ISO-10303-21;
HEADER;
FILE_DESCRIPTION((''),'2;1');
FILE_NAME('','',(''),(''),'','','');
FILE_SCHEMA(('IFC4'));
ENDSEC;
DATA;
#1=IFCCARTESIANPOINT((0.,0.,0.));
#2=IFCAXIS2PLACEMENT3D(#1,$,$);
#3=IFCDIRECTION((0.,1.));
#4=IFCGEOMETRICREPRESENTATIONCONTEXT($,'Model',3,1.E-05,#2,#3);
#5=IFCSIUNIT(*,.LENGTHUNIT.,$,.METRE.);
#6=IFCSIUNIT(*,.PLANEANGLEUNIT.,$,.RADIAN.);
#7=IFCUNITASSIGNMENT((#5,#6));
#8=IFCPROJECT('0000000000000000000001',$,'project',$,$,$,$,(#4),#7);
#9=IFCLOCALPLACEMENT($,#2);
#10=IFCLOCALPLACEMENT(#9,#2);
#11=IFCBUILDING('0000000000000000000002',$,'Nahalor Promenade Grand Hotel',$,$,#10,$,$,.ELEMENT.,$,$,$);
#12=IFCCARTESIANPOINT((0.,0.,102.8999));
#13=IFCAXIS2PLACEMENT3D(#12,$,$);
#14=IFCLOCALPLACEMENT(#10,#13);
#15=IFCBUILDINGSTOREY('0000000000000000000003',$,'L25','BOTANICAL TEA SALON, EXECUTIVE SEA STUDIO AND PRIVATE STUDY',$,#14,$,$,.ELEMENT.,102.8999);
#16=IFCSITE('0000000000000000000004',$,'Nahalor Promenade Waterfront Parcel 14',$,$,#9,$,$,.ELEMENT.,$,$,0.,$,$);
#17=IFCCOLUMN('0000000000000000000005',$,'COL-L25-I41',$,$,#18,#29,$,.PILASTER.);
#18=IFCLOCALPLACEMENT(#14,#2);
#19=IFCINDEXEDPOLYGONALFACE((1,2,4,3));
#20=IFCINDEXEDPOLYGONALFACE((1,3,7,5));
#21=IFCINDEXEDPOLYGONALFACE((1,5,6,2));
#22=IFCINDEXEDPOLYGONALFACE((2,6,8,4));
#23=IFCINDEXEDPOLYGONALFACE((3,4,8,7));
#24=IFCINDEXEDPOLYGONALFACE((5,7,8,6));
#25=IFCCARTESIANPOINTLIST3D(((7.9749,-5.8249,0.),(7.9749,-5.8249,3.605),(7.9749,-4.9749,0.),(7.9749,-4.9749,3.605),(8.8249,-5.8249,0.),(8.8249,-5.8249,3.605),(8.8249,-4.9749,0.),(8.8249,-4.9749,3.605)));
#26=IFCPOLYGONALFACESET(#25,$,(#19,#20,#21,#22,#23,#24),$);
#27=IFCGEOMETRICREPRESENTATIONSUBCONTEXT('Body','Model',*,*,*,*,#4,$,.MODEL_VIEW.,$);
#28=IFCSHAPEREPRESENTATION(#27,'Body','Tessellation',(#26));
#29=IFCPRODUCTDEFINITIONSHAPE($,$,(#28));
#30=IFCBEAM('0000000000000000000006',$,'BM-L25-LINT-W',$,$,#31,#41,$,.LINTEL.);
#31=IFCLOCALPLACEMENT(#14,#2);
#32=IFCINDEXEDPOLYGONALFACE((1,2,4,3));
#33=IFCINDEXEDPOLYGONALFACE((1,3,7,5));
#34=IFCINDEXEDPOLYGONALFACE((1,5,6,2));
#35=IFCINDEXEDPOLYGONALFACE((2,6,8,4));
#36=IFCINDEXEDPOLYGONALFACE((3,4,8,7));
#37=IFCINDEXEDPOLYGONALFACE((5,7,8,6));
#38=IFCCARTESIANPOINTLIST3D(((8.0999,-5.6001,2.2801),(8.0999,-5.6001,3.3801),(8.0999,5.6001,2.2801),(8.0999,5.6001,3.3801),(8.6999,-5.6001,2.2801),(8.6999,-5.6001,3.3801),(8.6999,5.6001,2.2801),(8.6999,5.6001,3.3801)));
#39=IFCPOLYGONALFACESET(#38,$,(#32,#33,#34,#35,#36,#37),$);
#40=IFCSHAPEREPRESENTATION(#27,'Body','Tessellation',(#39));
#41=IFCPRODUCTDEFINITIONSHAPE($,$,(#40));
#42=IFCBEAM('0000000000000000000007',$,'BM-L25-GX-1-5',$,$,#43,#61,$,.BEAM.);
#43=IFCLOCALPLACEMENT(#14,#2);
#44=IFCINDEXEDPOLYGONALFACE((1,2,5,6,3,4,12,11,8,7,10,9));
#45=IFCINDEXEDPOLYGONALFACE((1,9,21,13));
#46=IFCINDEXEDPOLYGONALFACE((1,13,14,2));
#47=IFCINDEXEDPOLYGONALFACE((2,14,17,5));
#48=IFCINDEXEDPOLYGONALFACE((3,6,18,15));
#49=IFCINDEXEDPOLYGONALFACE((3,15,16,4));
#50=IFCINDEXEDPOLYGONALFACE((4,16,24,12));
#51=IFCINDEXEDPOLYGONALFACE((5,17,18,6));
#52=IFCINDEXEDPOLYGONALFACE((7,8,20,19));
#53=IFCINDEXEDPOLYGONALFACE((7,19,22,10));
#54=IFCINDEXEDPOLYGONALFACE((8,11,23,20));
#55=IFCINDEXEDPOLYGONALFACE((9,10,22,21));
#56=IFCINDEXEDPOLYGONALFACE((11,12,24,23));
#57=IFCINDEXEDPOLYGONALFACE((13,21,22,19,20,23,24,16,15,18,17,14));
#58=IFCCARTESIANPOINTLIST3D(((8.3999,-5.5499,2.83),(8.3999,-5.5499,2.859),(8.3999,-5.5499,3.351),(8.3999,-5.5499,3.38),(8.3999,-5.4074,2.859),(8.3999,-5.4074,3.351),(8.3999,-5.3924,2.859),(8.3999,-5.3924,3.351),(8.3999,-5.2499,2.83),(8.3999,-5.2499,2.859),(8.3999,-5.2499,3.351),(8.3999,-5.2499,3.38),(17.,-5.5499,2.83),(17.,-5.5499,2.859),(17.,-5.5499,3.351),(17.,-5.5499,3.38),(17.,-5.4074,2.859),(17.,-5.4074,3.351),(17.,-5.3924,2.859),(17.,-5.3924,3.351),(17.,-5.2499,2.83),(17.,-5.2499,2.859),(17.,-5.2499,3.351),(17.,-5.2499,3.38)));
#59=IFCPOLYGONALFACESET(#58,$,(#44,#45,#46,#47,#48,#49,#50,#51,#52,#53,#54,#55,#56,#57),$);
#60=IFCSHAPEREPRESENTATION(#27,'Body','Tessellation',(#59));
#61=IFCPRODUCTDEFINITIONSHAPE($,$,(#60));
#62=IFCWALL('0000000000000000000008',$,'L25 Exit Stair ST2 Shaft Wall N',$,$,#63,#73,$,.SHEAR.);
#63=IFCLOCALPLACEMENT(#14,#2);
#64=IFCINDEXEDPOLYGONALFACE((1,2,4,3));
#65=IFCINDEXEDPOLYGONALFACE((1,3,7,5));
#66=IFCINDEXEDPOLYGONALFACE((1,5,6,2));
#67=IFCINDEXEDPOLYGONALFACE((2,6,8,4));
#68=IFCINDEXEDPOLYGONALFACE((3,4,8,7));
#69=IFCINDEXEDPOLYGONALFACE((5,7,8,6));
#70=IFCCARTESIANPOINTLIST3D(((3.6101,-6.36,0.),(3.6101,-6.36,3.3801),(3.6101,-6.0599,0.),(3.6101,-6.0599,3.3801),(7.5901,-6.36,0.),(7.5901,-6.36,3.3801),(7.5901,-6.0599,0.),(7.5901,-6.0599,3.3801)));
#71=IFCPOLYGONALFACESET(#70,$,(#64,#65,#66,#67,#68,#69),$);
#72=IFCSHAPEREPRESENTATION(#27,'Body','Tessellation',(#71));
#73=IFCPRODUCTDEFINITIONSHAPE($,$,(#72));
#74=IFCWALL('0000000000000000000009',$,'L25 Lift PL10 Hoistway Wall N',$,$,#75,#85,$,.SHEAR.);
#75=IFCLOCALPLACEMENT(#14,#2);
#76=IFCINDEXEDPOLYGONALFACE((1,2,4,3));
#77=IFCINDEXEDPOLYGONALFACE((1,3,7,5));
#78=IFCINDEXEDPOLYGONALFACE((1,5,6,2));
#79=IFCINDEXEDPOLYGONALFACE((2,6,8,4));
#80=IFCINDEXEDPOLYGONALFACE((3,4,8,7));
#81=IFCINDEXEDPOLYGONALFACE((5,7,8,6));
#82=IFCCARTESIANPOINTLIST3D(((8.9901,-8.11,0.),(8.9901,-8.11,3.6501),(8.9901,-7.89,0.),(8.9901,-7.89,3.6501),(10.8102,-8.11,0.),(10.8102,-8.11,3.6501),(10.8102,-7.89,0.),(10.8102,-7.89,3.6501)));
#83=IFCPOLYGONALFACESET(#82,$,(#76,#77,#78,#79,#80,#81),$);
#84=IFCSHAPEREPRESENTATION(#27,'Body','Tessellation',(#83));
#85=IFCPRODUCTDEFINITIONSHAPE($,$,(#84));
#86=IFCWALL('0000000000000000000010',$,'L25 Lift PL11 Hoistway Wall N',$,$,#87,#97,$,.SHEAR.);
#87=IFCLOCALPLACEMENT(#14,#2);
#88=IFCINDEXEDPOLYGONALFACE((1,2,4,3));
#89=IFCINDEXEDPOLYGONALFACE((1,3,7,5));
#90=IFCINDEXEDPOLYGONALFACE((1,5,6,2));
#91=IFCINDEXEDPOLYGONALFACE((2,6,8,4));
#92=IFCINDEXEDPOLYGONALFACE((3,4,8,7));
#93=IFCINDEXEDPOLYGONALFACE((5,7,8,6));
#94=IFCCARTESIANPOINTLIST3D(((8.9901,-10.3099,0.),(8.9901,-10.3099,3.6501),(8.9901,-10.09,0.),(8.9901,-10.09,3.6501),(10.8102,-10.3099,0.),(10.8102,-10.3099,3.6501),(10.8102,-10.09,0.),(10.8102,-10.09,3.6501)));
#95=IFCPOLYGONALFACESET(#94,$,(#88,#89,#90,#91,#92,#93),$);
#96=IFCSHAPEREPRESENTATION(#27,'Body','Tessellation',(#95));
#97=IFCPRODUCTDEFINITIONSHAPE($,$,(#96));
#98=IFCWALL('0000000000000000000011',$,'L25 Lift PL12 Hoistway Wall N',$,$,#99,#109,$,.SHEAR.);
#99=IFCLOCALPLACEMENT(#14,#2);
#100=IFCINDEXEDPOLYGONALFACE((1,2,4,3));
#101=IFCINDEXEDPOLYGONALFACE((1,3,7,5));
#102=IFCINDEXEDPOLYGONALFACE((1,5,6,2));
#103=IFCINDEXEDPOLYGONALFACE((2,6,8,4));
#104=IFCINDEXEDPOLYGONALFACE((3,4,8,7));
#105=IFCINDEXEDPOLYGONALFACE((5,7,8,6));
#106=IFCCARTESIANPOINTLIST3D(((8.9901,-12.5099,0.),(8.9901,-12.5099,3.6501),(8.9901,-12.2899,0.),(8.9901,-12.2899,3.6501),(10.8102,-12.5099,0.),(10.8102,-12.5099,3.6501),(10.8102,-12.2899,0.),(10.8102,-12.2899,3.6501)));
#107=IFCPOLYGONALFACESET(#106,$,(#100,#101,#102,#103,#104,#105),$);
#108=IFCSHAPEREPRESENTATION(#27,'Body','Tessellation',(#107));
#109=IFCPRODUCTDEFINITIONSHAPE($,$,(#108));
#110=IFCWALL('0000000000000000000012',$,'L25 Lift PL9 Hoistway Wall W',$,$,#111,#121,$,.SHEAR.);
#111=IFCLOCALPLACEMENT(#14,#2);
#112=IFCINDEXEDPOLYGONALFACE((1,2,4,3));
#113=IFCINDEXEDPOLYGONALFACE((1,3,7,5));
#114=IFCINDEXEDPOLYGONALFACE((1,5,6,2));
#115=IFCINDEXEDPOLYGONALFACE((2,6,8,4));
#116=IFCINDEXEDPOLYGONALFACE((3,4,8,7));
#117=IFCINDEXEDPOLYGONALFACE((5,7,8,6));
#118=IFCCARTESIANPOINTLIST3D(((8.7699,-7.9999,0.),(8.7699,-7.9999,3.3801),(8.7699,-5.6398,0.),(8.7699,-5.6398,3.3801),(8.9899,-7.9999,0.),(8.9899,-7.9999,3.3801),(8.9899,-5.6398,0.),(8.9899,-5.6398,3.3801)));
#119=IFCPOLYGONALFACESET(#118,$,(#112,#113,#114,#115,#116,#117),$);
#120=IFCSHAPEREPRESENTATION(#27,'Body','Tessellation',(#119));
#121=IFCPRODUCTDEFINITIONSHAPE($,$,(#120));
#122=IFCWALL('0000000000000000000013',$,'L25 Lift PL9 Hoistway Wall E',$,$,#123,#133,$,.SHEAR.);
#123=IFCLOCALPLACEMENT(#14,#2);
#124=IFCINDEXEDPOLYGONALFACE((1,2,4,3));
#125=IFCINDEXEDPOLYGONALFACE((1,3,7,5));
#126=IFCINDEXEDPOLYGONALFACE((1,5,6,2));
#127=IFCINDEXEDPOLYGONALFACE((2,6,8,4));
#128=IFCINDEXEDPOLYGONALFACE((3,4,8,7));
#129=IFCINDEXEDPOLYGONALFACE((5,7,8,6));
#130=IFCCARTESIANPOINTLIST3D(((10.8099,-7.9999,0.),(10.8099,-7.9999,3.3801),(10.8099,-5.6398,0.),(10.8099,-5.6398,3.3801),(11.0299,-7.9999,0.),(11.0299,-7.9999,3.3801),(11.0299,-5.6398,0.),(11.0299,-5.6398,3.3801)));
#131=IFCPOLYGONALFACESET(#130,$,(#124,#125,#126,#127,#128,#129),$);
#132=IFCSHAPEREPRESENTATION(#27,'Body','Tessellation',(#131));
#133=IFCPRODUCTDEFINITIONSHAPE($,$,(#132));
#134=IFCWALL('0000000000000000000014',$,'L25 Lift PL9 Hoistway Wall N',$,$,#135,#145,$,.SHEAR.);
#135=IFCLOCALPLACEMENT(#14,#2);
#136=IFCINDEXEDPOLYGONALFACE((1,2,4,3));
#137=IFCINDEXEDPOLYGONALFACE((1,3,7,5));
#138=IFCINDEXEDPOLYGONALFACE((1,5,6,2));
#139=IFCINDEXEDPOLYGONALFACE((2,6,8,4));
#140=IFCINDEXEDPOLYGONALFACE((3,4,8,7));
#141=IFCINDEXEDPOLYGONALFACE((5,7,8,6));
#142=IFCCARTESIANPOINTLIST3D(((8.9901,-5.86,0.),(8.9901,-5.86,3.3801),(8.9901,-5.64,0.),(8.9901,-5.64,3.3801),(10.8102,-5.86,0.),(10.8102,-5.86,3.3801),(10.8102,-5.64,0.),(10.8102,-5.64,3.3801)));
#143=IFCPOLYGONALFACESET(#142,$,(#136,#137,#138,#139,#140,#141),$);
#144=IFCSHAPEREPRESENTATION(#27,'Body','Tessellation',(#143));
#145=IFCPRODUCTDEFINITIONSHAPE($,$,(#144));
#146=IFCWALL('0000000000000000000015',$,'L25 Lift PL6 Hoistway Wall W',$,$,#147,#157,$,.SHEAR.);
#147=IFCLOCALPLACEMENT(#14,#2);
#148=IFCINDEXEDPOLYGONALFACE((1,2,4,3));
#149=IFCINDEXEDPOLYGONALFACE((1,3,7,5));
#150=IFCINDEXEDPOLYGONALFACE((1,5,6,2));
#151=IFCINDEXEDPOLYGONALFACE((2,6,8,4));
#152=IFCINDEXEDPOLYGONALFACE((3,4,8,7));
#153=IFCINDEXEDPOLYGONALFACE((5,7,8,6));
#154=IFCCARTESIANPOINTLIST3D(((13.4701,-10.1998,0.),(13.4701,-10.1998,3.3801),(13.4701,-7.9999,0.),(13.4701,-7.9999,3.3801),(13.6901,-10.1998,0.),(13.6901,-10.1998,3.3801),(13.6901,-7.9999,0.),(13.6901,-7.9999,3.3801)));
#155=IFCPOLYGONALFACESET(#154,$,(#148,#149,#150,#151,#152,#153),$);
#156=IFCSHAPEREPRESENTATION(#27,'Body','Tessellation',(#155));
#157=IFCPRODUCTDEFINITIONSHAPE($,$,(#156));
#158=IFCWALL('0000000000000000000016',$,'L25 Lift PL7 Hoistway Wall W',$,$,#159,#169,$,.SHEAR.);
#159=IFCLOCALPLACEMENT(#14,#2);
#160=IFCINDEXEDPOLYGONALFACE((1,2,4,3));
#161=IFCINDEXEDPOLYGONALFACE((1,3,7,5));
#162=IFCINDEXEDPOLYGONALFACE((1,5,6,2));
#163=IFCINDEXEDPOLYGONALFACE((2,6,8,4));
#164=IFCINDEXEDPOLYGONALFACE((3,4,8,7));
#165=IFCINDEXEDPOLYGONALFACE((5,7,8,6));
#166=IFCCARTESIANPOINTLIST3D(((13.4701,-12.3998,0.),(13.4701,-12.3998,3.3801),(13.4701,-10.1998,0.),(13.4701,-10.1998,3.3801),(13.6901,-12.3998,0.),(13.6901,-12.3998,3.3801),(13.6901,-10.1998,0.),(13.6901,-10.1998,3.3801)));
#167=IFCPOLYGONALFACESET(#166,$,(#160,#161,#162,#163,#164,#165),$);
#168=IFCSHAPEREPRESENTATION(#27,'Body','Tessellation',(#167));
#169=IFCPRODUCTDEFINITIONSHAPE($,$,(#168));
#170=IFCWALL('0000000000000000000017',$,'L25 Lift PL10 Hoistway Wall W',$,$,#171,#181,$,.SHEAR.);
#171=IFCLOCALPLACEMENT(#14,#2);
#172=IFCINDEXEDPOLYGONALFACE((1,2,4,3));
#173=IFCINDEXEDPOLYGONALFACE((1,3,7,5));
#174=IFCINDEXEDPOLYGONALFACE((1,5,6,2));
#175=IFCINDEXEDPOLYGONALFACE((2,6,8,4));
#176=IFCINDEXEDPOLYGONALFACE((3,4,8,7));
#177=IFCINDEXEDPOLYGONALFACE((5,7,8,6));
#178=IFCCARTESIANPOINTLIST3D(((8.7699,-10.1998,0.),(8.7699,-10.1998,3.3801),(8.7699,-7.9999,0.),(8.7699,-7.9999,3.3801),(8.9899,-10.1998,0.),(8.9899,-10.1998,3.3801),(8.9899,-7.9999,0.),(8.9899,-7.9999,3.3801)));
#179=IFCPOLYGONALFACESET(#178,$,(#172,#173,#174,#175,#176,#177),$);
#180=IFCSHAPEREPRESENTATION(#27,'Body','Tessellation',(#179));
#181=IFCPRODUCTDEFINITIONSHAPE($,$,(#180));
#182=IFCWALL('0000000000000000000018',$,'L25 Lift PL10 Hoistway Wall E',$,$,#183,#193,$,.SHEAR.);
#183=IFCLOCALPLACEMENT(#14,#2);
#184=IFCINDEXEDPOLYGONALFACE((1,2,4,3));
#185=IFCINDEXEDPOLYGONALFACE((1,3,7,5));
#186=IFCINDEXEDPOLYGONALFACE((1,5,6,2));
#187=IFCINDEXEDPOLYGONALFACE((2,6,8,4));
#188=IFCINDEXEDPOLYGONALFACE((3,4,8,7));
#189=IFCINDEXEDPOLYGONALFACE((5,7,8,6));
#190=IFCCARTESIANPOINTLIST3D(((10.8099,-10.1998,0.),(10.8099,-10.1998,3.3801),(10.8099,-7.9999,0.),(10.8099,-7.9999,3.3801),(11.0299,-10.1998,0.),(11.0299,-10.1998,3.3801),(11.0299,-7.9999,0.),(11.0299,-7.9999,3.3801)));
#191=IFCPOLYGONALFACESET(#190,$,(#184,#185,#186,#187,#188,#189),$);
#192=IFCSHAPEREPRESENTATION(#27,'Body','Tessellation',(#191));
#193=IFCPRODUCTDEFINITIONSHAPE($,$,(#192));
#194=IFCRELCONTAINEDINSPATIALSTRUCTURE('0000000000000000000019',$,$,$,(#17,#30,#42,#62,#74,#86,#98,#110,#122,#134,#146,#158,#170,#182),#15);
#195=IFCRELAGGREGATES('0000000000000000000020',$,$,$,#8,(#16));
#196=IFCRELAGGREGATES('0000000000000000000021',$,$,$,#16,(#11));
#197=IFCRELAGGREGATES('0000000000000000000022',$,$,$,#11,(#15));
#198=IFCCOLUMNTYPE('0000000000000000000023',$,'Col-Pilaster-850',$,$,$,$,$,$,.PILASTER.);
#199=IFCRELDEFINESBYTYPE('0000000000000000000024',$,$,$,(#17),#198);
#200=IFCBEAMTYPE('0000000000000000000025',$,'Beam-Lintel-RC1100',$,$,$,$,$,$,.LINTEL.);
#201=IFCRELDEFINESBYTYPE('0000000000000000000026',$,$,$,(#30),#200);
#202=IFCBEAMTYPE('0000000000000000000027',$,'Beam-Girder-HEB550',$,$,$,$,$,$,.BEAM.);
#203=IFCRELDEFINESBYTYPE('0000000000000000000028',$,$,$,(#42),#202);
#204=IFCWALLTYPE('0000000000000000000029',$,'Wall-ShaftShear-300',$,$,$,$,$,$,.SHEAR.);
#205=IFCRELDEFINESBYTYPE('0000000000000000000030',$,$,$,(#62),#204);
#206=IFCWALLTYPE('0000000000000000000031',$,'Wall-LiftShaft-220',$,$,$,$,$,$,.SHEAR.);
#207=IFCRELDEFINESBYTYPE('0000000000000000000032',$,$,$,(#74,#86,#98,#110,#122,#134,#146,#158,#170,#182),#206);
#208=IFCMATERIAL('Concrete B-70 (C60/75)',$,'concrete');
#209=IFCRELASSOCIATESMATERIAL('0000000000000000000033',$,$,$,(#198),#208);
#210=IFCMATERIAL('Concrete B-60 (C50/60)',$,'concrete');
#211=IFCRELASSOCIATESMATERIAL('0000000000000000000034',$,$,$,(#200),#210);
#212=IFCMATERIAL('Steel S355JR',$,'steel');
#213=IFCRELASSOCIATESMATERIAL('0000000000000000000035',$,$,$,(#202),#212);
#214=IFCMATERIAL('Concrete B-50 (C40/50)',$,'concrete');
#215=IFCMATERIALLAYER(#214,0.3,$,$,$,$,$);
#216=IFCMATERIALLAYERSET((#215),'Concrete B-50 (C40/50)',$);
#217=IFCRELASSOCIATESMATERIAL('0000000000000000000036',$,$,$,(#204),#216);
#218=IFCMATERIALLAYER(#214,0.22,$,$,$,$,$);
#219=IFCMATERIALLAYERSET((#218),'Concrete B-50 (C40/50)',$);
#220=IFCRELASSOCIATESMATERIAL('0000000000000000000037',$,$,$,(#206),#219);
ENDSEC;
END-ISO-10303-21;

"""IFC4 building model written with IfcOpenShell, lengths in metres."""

from ifc_helpers import new_model, si_unit, direction, frame, frame_2d, origin, origin_2d, place, context, subcontext, project, spatial, rectangle, i_section, extrude, source, transform, mapped, material, layer, layer_set, material_profile, profile_set, type_object, element, save


model = new_model("IFC4")

# Units and contexts
model_context = context("Model", 3, precision=1e-05, world=origin(), true_north=direction((0.0, 1.0)))
body_context = subcontext(model_context, "Body", "Model", "MODEL_VIEW")
ifc_project = project(units=[si_unit("LENGTHUNIT", "METRE"), si_unit("PLANEANGLEUNIT", "RADIAN")], contexts=[model_context])

# Site, building, storey
site_placement = place(None, origin())
site = spatial("IfcSite", under=ifc_project, at=site_placement, Name="Nahalor Promenade Waterfront Parcel 14", CompositionType="ELEMENT", RefElevation=0.0)
building_placement = place(site_placement, origin())
building = spatial("IfcBuilding", under=site, at=building_placement, Name="Nahalor Promenade Grand Hotel", CompositionType="ELEMENT")
storey_placement = place(building_placement, frame((0.0, 0.0, 102.8999)))
storey = spatial("IfcBuildingStorey", under=building, at=storey_placement, Name="L25", Description="BOTANICAL TEA SALON, EXECUTIVE SEA STUDIO AND PRIVATE STUDY", CompositionType="ELEMENT", Elevation=102.8999)

# Column
ifc_material_1 = material(Name="Concrete B-70 (C60/75)", Category="concrete")
ifc_material_profile_1 = material_profile(ifc_material_1, rectangle(XDim=0.85, YDim=0.85, at=origin_2d()), Name="RC 850x850")
ifc_profile_set_1 = profile_set([ifc_material_profile_1], Name="Concrete B-70 (C60/75)")
column_type = type_object("IfcColumnType", Name="Col-Pilaster-850", PredefinedType="PILASTER", material=ifc_profile_set_1)
shared_shape_1 = source(origin(), body_context, "Body", "SweptSolid", [
    extrude(rectangle(XDim=0.85, YDim=0.85, at=origin_2d()), origin(), (0.0, 0.0, 1.0), 3.605),
])
column_placement = place(storey_placement, frame((8.3999, -5.3999, 0.0), z_axis=(0.0, 0.0, 1.0), x_axis=(1.0, 0.0, 0.0)))
element("IfcColumn", 1, at=column_placement, inside=storey, type_object=column_type, Name="COL-L25-I41", PredefinedType="PILASTER", context=body_context, shape_type="MappedRepresentation", body=[
    mapped(shared_shape_1, transform((0.0, 0.0, 0.0), scale=1.0)),
])

# Beams
ifc_material_2 = material(Name="Concrete B-60 (C50/60)", Category="concrete")
ifc_material_profile_2 = material_profile(ifc_material_2, rectangle(XDim=0.6, YDim=1.1, at=origin_2d()), Name="RC 600x1100")
ifc_profile_set_2 = profile_set([ifc_material_profile_2], Name="Concrete B-60 (C50/60)")
beam_type_1 = type_object("IfcBeamType", Name="Beam-Lintel-RC1100", PredefinedType="LINTEL", material=ifc_profile_set_2)
shared_shape_2 = source(origin(), body_context, "Body", "SweptSolid", [
    extrude(rectangle(XDim=0.6, YDim=1.1, at=origin_2d()), origin(), (0.0, 0.0, 1.0), 11.2002),
])
beam_1_placement = place(storey_placement, frame((8.3999, -5.6001, 2.8301), z_axis=(0.0, 1.0, 0.0), x_axis=(-1.0, 0.0, 0.0)))
element("IfcBeam", 2, at=beam_1_placement, inside=storey, type_object=beam_type_1, Name="BM-L25-LINT-W", PredefinedType="LINTEL", context=body_context, shape_type="MappedRepresentation", body=[
    mapped(shared_shape_2, transform((0.0, 0.0, 0.0), scale=1.0)),
])
ifc_material_3 = material(Name="Steel S355JR", Category="steel")
ifc_material_profile_3 = material_profile(ifc_material_3, i_section(OverallWidth=0.3, OverallDepth=0.55, WebThickness=0.015, FlangeThickness=0.029, at=origin_2d()), Name="HEB 550")
ifc_profile_set_3 = profile_set([ifc_material_profile_3], Name="Steel S355JR")
beam_type_2 = type_object("IfcBeamType", Name="Beam-Girder-HEB550", PredefinedType="BEAM", material=ifc_profile_set_3)
shared_shape_3 = source(origin(), body_context, "Body", "SweptSolid", [
    extrude(i_section(OverallWidth=0.3, OverallDepth=0.55, WebThickness=0.015, FlangeThickness=0.029, at=origin_2d()), origin(), (0.0, 0.0, 1.0), 8.6001),
])
beam_2_placement = place(storey_placement, frame((8.3999, -5.3999, 3.105), z_axis=(1.0, 0.0, 0.0), x_axis=(0.0, 1.0, 0.0)))
element("IfcBeam", 3, at=beam_2_placement, inside=storey, type_object=beam_type_2, Name="BM-L25-GX-1-5", PredefinedType="BEAM", context=body_context, shape_type="MappedRepresentation", body=[
    mapped(shared_shape_3, transform((0.0, 0.0, 0.0), scale=1.0)),
])

# Walls
ifc_material_4 = material(Name="Concrete B-50 (C40/50)", Category="concrete")
ifc_layer_1 = layer(ifc_material_4, 0.3)
ifc_layer_set_1 = layer_set([ifc_layer_1], Name="Concrete B-50 (C40/50)")
wall_type_1 = type_object("IfcWallType", Name="Wall-ShaftShear-300", PredefinedType="SHEAR", material=ifc_layer_set_1)
shared_shape_4 = source(origin(), body_context, "Body", "SweptSolid", [
    extrude(rectangle(XDim=3.98, YDim=0.3, at=frame_2d((1.99, 0.0))), origin(), (0.0, 0.0, 1.0), 3.3801),
])
wall_1_placement = place(storey_placement, frame((3.6101, -6.21, 0.0), z_axis=(0.0, 0.0, 1.0), x_axis=(1.0, 0.0, 0.0)))
element("IfcWall", 4, at=wall_1_placement, inside=storey, type_object=wall_type_1, Name="L25 Exit Stair ST2 Shaft Wall N", PredefinedType="SHEAR", context=body_context, shape_type="MappedRepresentation", body=[
    mapped(shared_shape_4, transform((0.0, 0.0, 0.0), scale=1.0)),
])
ifc_layer_2 = layer(ifc_material_4, 0.22)
ifc_layer_set_2 = layer_set([ifc_layer_2], Name="Concrete B-50 (C40/50)")
wall_type_2 = type_object("IfcWallType", Name="Wall-LiftShaft-220", PredefinedType="SHEAR", material=ifc_layer_set_2)
shared_shape_5 = source(origin(), body_context, "Body", "SweptSolid", [
    extrude(rectangle(XDim=1.8201, YDim=0.22, at=frame_2d((0.9102, 0.0))), origin(), (0.0, 0.0, 1.0), 3.6501),
])
for number, where, z_axis, x_axis, name in (
    (5, (8.99, -8.0, 0.0), (0.0, 0.0, 1.0), (1.0, 0.0, 0.0), "L25 Lift PL10 Hoistway Wall N"),
    (6, (8.99, -10.2, 0.0), (0.0, 0.0, 1.0), (1.0, 0.0, 0.0), "L25 Lift PL11 Hoistway Wall N"),
    (7, (8.99, -12.3999, 0.0), (0.0, 0.0, 1.0), (1.0, 0.0, 0.0), "L25 Lift PL12 Hoistway Wall N"),
):
    element("IfcWall", number, at=place(storey_placement, frame(where, z_axis=z_axis, x_axis=x_axis)), inside=storey, type_object=wall_type_2, Name=name, PredefinedType="SHEAR", context=body_context, shape_type="MappedRepresentation", body=[
        mapped(shared_shape_5, transform((0.0, 0.0, 0.0), scale=1.0)),
    ])
shared_shape_6 = source(origin(), body_context, "Body", "SweptSolid", [
    extrude(rectangle(XDim=2.3601, YDim=0.22, at=frame_2d((1.1802, 0.0))), origin(), (0.0, 0.0, 1.0), 3.3801),
])
for number, where, z_axis, x_axis, name in (
    (8, (8.8799, -8.0, 0.0), (0.0, 0.0, 1.0), (0.0, 1.0, 0.0), "L25 Lift PL9 Hoistway Wall W"),
    (9, (10.9199, -8.0, 0.0), (0.0, 0.0, 1.0), (0.0, 1.0, 0.0), "L25 Lift PL9 Hoistway Wall E"),
):
    element("IfcWall", number, at=place(storey_placement, frame(where, z_axis=z_axis, x_axis=x_axis)), inside=storey, type_object=wall_type_2, Name=name, PredefinedType="SHEAR", context=body_context, shape_type="MappedRepresentation", body=[
        mapped(shared_shape_6, transform((0.0, 0.0, 0.0), scale=1.0)),
    ])
shared_shape_7 = source(origin(), body_context, "Body", "SweptSolid", [
    extrude(rectangle(XDim=1.8201, YDim=0.22, at=frame_2d((0.9102, 0.0))), origin(), (0.0, 0.0, 1.0), 3.3801),
])
wall_2_placement = place(storey_placement, frame((8.99, -5.75, 0.0), z_axis=(0.0, 0.0, 1.0), x_axis=(1.0, 0.0, 0.0)))
element("IfcWall", 10, at=wall_2_placement, inside=storey, type_object=wall_type_2, Name="L25 Lift PL9 Hoistway Wall N", PredefinedType="SHEAR", context=body_context, shape_type="MappedRepresentation", body=[
    mapped(shared_shape_7, transform((0.0, 0.0, 0.0), scale=1.0)),
])
shared_shape_8 = source(origin(), body_context, "Body", "SweptSolid", [
    extrude(rectangle(XDim=2.2, YDim=0.22, at=frame_2d((1.1001, 0.0))), origin(), (0.0, 0.0, 1.0), 3.3801),
])
for number, where, z_axis, x_axis, name in (
    (11, (13.5801, -10.2, 0.0), (0.0, 0.0, 1.0), (0.0, 1.0, 0.0), "L25 Lift PL6 Hoistway Wall W"),
    (12, (13.5801, -12.3999, 0.0), (0.0, 0.0, 1.0), (0.0, 1.0, 0.0), "L25 Lift PL7 Hoistway Wall W"),
    (13, (8.8799, -10.2, 0.0), (0.0, 0.0, 1.0), (0.0, 1.0, 0.0), "L25 Lift PL10 Hoistway Wall W"),
    (14, (10.9199, -10.2, 0.0), (0.0, 0.0, 1.0), (0.0, 1.0, 0.0), "L25 Lift PL10 Hoistway Wall E"),
):
    element("IfcWall", number, at=place(storey_placement, frame(where, z_axis=z_axis, x_axis=x_axis)), inside=storey, type_object=wall_type_2, Name=name, PredefinedType="SHEAR", context=body_context, shape_type="MappedRepresentation", body=[
        mapped(shared_shape_8, transform((0.0, 0.0, 0.0), scale=1.0)),
    ])

save(model, "model.ifc")
